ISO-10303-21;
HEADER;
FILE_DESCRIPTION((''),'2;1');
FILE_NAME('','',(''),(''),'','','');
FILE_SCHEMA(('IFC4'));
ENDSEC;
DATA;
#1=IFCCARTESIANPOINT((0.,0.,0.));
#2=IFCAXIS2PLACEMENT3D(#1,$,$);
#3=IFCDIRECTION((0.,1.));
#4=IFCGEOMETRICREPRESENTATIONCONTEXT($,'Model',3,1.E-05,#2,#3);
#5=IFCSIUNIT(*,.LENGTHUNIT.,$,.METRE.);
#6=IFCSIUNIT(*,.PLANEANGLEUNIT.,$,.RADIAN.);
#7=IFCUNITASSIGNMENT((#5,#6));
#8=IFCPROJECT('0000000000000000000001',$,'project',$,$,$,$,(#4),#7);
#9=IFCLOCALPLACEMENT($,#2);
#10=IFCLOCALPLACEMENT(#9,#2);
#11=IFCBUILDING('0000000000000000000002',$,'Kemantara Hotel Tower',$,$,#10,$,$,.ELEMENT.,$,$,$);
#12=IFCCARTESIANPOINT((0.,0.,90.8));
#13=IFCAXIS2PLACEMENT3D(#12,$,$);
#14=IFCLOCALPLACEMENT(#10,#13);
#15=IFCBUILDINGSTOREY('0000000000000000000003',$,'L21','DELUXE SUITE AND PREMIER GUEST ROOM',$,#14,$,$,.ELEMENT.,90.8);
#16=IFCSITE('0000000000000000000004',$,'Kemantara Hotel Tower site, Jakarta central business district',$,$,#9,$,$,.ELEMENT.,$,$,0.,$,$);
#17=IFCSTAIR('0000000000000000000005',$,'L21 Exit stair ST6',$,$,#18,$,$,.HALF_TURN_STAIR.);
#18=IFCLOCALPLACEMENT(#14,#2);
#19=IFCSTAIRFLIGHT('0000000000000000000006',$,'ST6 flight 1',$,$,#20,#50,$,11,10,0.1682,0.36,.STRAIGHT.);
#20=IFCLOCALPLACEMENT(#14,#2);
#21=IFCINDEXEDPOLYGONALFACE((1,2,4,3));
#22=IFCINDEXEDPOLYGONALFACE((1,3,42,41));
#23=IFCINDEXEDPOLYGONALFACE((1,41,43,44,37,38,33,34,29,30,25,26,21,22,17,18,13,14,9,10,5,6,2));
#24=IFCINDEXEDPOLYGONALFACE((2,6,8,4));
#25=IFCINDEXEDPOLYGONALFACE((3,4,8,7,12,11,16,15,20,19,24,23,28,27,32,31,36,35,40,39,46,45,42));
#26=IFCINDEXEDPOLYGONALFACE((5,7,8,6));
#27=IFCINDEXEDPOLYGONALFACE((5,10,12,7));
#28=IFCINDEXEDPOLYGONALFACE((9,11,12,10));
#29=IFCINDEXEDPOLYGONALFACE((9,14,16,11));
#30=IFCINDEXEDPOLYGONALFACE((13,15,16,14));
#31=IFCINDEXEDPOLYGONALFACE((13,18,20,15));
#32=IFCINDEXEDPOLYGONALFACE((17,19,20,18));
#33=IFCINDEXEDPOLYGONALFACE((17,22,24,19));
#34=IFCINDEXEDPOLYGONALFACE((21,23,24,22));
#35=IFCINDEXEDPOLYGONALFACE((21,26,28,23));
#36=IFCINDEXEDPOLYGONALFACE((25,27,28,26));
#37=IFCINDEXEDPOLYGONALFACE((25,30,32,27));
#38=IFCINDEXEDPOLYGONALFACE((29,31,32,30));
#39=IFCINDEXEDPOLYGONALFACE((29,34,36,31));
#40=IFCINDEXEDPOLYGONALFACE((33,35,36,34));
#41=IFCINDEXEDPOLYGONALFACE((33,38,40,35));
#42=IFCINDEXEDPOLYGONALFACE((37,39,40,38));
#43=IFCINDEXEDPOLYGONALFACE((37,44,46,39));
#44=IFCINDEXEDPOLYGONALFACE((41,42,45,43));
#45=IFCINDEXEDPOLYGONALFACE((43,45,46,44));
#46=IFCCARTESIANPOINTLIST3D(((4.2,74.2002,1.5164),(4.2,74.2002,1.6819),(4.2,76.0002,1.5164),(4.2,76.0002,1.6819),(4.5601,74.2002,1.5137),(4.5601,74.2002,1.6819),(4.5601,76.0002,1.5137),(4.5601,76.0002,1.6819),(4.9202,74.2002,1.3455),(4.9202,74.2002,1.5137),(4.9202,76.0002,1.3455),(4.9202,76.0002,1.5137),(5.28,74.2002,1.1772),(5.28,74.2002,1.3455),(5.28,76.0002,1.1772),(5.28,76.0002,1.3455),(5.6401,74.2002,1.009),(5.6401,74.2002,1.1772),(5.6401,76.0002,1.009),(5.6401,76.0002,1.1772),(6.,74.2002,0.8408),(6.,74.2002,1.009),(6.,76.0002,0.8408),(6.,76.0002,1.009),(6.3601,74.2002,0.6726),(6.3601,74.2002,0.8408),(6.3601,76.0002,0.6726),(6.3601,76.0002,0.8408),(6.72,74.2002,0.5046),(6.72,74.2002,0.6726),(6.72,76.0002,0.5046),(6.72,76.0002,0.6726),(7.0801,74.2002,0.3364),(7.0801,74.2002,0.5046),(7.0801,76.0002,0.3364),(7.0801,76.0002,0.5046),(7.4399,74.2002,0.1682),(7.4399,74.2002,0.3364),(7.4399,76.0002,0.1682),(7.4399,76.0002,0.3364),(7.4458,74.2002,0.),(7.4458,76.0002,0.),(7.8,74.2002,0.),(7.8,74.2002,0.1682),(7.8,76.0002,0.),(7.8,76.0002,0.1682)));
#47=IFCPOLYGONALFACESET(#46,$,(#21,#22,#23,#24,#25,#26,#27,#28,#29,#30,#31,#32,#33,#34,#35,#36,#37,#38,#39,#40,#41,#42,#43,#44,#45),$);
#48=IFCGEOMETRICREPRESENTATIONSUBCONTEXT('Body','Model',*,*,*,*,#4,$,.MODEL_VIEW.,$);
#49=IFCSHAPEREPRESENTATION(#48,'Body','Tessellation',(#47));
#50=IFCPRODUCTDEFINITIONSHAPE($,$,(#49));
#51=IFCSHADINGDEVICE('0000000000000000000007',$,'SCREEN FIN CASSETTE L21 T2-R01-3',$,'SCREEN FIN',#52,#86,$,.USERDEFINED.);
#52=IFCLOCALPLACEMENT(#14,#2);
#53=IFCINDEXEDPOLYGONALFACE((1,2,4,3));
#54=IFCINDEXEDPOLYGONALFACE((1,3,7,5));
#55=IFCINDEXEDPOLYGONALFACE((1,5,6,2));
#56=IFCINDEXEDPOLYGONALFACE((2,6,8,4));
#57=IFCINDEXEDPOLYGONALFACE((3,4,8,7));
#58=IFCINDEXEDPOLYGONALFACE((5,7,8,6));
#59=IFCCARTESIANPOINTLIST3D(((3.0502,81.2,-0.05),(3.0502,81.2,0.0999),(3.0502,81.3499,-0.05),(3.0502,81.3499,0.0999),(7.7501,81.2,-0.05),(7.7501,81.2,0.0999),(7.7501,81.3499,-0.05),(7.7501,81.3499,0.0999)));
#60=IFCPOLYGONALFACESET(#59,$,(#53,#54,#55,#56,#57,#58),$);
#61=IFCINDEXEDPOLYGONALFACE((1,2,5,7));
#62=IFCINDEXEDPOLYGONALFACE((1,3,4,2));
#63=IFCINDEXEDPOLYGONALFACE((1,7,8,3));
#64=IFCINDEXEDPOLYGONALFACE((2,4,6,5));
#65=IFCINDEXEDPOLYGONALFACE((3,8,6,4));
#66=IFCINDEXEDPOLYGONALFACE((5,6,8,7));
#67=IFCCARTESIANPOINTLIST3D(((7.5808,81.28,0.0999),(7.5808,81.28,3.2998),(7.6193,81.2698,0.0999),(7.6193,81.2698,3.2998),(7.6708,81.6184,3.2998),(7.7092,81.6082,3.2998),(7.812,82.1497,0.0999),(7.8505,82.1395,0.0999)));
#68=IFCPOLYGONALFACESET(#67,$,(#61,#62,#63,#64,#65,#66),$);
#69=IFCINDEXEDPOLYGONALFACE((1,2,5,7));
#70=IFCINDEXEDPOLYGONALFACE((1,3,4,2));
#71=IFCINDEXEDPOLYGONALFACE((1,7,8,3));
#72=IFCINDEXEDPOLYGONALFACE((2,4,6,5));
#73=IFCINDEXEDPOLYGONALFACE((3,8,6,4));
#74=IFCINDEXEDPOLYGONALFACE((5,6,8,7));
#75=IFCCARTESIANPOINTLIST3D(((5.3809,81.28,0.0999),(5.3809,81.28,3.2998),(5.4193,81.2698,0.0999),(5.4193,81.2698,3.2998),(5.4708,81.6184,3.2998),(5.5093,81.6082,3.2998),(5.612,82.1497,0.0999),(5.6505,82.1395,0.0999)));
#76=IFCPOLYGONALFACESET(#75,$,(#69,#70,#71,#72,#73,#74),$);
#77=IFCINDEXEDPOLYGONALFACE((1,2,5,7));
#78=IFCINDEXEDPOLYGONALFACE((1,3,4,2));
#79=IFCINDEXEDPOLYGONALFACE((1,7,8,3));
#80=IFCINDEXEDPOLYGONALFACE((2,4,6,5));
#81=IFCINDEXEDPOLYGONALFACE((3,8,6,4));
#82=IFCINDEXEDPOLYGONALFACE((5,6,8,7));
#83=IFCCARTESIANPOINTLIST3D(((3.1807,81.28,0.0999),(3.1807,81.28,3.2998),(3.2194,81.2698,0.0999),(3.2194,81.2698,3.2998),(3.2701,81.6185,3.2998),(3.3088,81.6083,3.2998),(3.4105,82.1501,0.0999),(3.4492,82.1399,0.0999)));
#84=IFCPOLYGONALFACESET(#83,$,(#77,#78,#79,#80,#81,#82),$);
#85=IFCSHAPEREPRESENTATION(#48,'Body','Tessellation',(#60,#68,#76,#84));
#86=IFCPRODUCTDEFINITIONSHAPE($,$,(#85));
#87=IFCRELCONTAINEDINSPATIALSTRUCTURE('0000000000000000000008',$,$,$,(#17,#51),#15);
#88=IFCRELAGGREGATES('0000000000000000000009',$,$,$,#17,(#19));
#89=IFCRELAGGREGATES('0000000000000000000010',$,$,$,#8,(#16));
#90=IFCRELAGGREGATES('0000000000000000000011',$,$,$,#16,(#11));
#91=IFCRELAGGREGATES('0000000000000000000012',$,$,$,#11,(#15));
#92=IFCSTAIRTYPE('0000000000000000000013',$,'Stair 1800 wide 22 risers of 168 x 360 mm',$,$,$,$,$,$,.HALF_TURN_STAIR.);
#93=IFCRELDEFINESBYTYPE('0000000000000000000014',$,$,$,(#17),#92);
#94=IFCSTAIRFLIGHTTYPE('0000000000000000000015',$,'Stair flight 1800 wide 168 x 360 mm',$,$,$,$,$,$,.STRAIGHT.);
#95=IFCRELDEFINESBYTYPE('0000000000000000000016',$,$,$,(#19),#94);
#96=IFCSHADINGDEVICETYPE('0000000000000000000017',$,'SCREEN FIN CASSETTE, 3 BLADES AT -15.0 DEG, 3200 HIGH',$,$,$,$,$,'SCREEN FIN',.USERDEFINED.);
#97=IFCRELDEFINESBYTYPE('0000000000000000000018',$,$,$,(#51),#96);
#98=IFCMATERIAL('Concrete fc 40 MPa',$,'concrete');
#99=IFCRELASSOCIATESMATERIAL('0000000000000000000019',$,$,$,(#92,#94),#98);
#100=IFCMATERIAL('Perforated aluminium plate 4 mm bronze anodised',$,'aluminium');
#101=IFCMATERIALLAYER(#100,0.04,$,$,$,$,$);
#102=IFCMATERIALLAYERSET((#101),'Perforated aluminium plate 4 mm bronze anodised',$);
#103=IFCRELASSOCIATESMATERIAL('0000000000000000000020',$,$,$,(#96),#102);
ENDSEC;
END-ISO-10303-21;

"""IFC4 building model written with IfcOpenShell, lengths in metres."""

from ifc_helpers import new_model, si_unit, direction, frame, origin, origin_2d, place, context, subcontext, project, spatial, polyline, rectangle, outline, extrude, source, transform, mapped, material, layer, layer_set, type_object, element, aggregate, save


model = new_model("IFC4")

# Units and contexts
model_context = context("Model", 3, precision=1e-05, world=origin(), true_north=direction((0.0, 1.0)))
body_context = subcontext(model_context, "Body", "Model", "MODEL_VIEW")
ifc_project = project(units=[si_unit("LENGTHUNIT", "METRE"), si_unit("PLANEANGLEUNIT", "RADIAN")], contexts=[model_context])

# Site, building, storey
site_placement = place(None, origin())
site = spatial("IfcSite", under=ifc_project, at=site_placement, Name="Kemantara Hotel Tower site, Jakarta central business district", CompositionType="ELEMENT", RefElevation=0.0)
building_placement = place(site_placement, origin())
building = spatial("IfcBuilding", under=site, at=building_placement, Name="Kemantara Hotel Tower", CompositionType="ELEMENT")
storey_placement = place(building_placement, frame((0.0, 0.0, 90.8)))
storey = spatial("IfcBuildingStorey", under=building, at=storey_placement, Name="L21", Description="DELUXE SUITE AND PREMIER GUEST ROOM", CompositionType="ELEMENT", Elevation=90.8)

# Stair, stair flight
ifc_material_1 = material(Name="Concrete fc 40 MPa", Category="concrete")
stair_type = type_object("IfcStairType", Name="Stair 1800 wide 22 risers of 168 x 360 mm", PredefinedType="HALF_TURN_STAIR", material=ifc_material_1)
stair_placement = place(storey_placement, origin())
stair = element("IfcStair", 1, at=stair_placement, inside=storey, type_object=stair_type, Name="L21 Exit stair ST6", PredefinedType="HALF_TURN_STAIR")
stair_flight_type = type_object("IfcStairFlightType", Name="Stair flight 1800 wide 168 x 360 mm", PredefinedType="STRAIGHT", material=ifc_material_1)
stair_flight_placement = place(storey_placement, frame((7.8, 75.1001, 0.0), z_axis=(0.0, 0.0, 1.0), x_axis=(-1.0, 0.0, 0.0)))
stair_flight = element("IfcStairFlight", 2, at=stair_flight_placement, type_object=stair_flight_type, Name="ST6 flight 1", NumberOfRisers=11, NumberOfTreads=10, PredefinedType="STRAIGHT", RiserHeight=0.1682, TreadLength=0.36, context=body_context, shape_type="SweptSolid", body=[
    extrude(outline(polyline([(0.0, 0.0), (0.0, 0.1682), (0.3601, 0.1682), (0.3601, 0.3364), (0.72, 0.3364), (0.72, 0.5046), (1.0801, 0.5046), (1.0801, 0.6726), (1.4399, 0.6726), (1.4399, 0.8408), (1.8, 0.8408), (1.8, 1.009), (2.1599, 1.009), (2.1599, 1.1772), (2.52, 1.1772), (2.52, 1.3455), (2.8799, 1.3455), (2.8799, 1.5137), (3.24, 1.5137), (3.24, 1.6819), (3.6001, 1.6819), (3.6001, 1.8501), (3.6001, 1.5164), (0.3542, 0.0), (0.0, 0.0)])), frame((0.0, 0.8999, 0.0), z_axis=(0.0, -1.0, 0.0), x_axis=(1.0, 0.0, 0.0)), (0.0, 0.0, 1.0), 1.8),
])
aggregate(stair, [stair_flight])

# Shading device
ifc_material_2 = material(Name="Perforated aluminium plate 4 mm bronze anodised", Category="aluminium")
ifc_layer_1 = layer(ifc_material_2, 0.04)
ifc_layer_set_1 = layer_set([ifc_layer_1], Name="Perforated aluminium plate 4 mm bronze anodised")
shading_device_type = type_object("IfcShadingDeviceType", Name="SCREEN FIN CASSETTE, 3 BLADES AT -15.0 DEG, 3200 HIGH", ElementType="SCREEN FIN", PredefinedType="USERDEFINED", material=ifc_layer_set_1)
shared_shape_1 = source(origin(), body_context, "Body", "SweptSolid", [
    extrude(rectangle(XDim=4.7, YDim=0.1499, at=origin_2d()), frame((2.2, -0.075, -0.1499), z_axis=(0.0, 0.0, 1.0), x_axis=(1.0, 0.0, 0.0)), (0.0, 0.0, 1.0), 0.1499),
    extrude(outline(polyline([(0.0, 0.0), (0.8999, 0.0), (0.3501, 3.2), (0.0, 3.2), (0.0, 0.0)])), frame((0.0193, -0.0801, 0.0), z_axis=(-0.966438, 0.256901, 0.0), x_axis=(-0.256901, -0.966438, 0.0)), (0.0, 0.0, 1.0), 0.0398),
    extrude(outline(polyline([(0.0, 0.0), (0.8999, 0.0), (0.3501, 3.2), (0.0, 3.2), (0.0, 0.0)])), frame((2.2192, -0.0801, 0.0), z_axis=(-0.966438, 0.256901, 0.0), x_axis=(-0.256901, -0.966438, 0.0)), (0.0, 0.0, 1.0), 0.0398),
    extrude(outline(polyline([(0.0, 0.0), (0.8999, 0.0), (0.3501, 3.2), (0.0, 3.2), (0.0, 0.0)])), frame((4.4194, -0.0801, 0.0), z_axis=(-0.966838, 0.255391, 0.0), x_axis=(-0.255391, -0.966838, 0.0)), (0.0, 0.0, 1.0), 0.04),
])
shading_device_placement = place(storey_placement, frame((7.6001, 81.2, 0.0999), z_axis=(0.0, 0.0, 1.0), x_axis=(-1.0, 0.0, 0.0)))
element("IfcShadingDevice", 3, at=shading_device_placement, inside=storey, type_object=shading_device_type, Name="SCREEN FIN CASSETTE L21 T2-R01-3", ObjectType="SCREEN FIN", PredefinedType="USERDEFINED", context=body_context, shape_type="MappedRepresentation", body=[
    mapped(shared_shape_1, transform((0.0, 0.0, 0.0))),
])

save(model, "model.ifc")
